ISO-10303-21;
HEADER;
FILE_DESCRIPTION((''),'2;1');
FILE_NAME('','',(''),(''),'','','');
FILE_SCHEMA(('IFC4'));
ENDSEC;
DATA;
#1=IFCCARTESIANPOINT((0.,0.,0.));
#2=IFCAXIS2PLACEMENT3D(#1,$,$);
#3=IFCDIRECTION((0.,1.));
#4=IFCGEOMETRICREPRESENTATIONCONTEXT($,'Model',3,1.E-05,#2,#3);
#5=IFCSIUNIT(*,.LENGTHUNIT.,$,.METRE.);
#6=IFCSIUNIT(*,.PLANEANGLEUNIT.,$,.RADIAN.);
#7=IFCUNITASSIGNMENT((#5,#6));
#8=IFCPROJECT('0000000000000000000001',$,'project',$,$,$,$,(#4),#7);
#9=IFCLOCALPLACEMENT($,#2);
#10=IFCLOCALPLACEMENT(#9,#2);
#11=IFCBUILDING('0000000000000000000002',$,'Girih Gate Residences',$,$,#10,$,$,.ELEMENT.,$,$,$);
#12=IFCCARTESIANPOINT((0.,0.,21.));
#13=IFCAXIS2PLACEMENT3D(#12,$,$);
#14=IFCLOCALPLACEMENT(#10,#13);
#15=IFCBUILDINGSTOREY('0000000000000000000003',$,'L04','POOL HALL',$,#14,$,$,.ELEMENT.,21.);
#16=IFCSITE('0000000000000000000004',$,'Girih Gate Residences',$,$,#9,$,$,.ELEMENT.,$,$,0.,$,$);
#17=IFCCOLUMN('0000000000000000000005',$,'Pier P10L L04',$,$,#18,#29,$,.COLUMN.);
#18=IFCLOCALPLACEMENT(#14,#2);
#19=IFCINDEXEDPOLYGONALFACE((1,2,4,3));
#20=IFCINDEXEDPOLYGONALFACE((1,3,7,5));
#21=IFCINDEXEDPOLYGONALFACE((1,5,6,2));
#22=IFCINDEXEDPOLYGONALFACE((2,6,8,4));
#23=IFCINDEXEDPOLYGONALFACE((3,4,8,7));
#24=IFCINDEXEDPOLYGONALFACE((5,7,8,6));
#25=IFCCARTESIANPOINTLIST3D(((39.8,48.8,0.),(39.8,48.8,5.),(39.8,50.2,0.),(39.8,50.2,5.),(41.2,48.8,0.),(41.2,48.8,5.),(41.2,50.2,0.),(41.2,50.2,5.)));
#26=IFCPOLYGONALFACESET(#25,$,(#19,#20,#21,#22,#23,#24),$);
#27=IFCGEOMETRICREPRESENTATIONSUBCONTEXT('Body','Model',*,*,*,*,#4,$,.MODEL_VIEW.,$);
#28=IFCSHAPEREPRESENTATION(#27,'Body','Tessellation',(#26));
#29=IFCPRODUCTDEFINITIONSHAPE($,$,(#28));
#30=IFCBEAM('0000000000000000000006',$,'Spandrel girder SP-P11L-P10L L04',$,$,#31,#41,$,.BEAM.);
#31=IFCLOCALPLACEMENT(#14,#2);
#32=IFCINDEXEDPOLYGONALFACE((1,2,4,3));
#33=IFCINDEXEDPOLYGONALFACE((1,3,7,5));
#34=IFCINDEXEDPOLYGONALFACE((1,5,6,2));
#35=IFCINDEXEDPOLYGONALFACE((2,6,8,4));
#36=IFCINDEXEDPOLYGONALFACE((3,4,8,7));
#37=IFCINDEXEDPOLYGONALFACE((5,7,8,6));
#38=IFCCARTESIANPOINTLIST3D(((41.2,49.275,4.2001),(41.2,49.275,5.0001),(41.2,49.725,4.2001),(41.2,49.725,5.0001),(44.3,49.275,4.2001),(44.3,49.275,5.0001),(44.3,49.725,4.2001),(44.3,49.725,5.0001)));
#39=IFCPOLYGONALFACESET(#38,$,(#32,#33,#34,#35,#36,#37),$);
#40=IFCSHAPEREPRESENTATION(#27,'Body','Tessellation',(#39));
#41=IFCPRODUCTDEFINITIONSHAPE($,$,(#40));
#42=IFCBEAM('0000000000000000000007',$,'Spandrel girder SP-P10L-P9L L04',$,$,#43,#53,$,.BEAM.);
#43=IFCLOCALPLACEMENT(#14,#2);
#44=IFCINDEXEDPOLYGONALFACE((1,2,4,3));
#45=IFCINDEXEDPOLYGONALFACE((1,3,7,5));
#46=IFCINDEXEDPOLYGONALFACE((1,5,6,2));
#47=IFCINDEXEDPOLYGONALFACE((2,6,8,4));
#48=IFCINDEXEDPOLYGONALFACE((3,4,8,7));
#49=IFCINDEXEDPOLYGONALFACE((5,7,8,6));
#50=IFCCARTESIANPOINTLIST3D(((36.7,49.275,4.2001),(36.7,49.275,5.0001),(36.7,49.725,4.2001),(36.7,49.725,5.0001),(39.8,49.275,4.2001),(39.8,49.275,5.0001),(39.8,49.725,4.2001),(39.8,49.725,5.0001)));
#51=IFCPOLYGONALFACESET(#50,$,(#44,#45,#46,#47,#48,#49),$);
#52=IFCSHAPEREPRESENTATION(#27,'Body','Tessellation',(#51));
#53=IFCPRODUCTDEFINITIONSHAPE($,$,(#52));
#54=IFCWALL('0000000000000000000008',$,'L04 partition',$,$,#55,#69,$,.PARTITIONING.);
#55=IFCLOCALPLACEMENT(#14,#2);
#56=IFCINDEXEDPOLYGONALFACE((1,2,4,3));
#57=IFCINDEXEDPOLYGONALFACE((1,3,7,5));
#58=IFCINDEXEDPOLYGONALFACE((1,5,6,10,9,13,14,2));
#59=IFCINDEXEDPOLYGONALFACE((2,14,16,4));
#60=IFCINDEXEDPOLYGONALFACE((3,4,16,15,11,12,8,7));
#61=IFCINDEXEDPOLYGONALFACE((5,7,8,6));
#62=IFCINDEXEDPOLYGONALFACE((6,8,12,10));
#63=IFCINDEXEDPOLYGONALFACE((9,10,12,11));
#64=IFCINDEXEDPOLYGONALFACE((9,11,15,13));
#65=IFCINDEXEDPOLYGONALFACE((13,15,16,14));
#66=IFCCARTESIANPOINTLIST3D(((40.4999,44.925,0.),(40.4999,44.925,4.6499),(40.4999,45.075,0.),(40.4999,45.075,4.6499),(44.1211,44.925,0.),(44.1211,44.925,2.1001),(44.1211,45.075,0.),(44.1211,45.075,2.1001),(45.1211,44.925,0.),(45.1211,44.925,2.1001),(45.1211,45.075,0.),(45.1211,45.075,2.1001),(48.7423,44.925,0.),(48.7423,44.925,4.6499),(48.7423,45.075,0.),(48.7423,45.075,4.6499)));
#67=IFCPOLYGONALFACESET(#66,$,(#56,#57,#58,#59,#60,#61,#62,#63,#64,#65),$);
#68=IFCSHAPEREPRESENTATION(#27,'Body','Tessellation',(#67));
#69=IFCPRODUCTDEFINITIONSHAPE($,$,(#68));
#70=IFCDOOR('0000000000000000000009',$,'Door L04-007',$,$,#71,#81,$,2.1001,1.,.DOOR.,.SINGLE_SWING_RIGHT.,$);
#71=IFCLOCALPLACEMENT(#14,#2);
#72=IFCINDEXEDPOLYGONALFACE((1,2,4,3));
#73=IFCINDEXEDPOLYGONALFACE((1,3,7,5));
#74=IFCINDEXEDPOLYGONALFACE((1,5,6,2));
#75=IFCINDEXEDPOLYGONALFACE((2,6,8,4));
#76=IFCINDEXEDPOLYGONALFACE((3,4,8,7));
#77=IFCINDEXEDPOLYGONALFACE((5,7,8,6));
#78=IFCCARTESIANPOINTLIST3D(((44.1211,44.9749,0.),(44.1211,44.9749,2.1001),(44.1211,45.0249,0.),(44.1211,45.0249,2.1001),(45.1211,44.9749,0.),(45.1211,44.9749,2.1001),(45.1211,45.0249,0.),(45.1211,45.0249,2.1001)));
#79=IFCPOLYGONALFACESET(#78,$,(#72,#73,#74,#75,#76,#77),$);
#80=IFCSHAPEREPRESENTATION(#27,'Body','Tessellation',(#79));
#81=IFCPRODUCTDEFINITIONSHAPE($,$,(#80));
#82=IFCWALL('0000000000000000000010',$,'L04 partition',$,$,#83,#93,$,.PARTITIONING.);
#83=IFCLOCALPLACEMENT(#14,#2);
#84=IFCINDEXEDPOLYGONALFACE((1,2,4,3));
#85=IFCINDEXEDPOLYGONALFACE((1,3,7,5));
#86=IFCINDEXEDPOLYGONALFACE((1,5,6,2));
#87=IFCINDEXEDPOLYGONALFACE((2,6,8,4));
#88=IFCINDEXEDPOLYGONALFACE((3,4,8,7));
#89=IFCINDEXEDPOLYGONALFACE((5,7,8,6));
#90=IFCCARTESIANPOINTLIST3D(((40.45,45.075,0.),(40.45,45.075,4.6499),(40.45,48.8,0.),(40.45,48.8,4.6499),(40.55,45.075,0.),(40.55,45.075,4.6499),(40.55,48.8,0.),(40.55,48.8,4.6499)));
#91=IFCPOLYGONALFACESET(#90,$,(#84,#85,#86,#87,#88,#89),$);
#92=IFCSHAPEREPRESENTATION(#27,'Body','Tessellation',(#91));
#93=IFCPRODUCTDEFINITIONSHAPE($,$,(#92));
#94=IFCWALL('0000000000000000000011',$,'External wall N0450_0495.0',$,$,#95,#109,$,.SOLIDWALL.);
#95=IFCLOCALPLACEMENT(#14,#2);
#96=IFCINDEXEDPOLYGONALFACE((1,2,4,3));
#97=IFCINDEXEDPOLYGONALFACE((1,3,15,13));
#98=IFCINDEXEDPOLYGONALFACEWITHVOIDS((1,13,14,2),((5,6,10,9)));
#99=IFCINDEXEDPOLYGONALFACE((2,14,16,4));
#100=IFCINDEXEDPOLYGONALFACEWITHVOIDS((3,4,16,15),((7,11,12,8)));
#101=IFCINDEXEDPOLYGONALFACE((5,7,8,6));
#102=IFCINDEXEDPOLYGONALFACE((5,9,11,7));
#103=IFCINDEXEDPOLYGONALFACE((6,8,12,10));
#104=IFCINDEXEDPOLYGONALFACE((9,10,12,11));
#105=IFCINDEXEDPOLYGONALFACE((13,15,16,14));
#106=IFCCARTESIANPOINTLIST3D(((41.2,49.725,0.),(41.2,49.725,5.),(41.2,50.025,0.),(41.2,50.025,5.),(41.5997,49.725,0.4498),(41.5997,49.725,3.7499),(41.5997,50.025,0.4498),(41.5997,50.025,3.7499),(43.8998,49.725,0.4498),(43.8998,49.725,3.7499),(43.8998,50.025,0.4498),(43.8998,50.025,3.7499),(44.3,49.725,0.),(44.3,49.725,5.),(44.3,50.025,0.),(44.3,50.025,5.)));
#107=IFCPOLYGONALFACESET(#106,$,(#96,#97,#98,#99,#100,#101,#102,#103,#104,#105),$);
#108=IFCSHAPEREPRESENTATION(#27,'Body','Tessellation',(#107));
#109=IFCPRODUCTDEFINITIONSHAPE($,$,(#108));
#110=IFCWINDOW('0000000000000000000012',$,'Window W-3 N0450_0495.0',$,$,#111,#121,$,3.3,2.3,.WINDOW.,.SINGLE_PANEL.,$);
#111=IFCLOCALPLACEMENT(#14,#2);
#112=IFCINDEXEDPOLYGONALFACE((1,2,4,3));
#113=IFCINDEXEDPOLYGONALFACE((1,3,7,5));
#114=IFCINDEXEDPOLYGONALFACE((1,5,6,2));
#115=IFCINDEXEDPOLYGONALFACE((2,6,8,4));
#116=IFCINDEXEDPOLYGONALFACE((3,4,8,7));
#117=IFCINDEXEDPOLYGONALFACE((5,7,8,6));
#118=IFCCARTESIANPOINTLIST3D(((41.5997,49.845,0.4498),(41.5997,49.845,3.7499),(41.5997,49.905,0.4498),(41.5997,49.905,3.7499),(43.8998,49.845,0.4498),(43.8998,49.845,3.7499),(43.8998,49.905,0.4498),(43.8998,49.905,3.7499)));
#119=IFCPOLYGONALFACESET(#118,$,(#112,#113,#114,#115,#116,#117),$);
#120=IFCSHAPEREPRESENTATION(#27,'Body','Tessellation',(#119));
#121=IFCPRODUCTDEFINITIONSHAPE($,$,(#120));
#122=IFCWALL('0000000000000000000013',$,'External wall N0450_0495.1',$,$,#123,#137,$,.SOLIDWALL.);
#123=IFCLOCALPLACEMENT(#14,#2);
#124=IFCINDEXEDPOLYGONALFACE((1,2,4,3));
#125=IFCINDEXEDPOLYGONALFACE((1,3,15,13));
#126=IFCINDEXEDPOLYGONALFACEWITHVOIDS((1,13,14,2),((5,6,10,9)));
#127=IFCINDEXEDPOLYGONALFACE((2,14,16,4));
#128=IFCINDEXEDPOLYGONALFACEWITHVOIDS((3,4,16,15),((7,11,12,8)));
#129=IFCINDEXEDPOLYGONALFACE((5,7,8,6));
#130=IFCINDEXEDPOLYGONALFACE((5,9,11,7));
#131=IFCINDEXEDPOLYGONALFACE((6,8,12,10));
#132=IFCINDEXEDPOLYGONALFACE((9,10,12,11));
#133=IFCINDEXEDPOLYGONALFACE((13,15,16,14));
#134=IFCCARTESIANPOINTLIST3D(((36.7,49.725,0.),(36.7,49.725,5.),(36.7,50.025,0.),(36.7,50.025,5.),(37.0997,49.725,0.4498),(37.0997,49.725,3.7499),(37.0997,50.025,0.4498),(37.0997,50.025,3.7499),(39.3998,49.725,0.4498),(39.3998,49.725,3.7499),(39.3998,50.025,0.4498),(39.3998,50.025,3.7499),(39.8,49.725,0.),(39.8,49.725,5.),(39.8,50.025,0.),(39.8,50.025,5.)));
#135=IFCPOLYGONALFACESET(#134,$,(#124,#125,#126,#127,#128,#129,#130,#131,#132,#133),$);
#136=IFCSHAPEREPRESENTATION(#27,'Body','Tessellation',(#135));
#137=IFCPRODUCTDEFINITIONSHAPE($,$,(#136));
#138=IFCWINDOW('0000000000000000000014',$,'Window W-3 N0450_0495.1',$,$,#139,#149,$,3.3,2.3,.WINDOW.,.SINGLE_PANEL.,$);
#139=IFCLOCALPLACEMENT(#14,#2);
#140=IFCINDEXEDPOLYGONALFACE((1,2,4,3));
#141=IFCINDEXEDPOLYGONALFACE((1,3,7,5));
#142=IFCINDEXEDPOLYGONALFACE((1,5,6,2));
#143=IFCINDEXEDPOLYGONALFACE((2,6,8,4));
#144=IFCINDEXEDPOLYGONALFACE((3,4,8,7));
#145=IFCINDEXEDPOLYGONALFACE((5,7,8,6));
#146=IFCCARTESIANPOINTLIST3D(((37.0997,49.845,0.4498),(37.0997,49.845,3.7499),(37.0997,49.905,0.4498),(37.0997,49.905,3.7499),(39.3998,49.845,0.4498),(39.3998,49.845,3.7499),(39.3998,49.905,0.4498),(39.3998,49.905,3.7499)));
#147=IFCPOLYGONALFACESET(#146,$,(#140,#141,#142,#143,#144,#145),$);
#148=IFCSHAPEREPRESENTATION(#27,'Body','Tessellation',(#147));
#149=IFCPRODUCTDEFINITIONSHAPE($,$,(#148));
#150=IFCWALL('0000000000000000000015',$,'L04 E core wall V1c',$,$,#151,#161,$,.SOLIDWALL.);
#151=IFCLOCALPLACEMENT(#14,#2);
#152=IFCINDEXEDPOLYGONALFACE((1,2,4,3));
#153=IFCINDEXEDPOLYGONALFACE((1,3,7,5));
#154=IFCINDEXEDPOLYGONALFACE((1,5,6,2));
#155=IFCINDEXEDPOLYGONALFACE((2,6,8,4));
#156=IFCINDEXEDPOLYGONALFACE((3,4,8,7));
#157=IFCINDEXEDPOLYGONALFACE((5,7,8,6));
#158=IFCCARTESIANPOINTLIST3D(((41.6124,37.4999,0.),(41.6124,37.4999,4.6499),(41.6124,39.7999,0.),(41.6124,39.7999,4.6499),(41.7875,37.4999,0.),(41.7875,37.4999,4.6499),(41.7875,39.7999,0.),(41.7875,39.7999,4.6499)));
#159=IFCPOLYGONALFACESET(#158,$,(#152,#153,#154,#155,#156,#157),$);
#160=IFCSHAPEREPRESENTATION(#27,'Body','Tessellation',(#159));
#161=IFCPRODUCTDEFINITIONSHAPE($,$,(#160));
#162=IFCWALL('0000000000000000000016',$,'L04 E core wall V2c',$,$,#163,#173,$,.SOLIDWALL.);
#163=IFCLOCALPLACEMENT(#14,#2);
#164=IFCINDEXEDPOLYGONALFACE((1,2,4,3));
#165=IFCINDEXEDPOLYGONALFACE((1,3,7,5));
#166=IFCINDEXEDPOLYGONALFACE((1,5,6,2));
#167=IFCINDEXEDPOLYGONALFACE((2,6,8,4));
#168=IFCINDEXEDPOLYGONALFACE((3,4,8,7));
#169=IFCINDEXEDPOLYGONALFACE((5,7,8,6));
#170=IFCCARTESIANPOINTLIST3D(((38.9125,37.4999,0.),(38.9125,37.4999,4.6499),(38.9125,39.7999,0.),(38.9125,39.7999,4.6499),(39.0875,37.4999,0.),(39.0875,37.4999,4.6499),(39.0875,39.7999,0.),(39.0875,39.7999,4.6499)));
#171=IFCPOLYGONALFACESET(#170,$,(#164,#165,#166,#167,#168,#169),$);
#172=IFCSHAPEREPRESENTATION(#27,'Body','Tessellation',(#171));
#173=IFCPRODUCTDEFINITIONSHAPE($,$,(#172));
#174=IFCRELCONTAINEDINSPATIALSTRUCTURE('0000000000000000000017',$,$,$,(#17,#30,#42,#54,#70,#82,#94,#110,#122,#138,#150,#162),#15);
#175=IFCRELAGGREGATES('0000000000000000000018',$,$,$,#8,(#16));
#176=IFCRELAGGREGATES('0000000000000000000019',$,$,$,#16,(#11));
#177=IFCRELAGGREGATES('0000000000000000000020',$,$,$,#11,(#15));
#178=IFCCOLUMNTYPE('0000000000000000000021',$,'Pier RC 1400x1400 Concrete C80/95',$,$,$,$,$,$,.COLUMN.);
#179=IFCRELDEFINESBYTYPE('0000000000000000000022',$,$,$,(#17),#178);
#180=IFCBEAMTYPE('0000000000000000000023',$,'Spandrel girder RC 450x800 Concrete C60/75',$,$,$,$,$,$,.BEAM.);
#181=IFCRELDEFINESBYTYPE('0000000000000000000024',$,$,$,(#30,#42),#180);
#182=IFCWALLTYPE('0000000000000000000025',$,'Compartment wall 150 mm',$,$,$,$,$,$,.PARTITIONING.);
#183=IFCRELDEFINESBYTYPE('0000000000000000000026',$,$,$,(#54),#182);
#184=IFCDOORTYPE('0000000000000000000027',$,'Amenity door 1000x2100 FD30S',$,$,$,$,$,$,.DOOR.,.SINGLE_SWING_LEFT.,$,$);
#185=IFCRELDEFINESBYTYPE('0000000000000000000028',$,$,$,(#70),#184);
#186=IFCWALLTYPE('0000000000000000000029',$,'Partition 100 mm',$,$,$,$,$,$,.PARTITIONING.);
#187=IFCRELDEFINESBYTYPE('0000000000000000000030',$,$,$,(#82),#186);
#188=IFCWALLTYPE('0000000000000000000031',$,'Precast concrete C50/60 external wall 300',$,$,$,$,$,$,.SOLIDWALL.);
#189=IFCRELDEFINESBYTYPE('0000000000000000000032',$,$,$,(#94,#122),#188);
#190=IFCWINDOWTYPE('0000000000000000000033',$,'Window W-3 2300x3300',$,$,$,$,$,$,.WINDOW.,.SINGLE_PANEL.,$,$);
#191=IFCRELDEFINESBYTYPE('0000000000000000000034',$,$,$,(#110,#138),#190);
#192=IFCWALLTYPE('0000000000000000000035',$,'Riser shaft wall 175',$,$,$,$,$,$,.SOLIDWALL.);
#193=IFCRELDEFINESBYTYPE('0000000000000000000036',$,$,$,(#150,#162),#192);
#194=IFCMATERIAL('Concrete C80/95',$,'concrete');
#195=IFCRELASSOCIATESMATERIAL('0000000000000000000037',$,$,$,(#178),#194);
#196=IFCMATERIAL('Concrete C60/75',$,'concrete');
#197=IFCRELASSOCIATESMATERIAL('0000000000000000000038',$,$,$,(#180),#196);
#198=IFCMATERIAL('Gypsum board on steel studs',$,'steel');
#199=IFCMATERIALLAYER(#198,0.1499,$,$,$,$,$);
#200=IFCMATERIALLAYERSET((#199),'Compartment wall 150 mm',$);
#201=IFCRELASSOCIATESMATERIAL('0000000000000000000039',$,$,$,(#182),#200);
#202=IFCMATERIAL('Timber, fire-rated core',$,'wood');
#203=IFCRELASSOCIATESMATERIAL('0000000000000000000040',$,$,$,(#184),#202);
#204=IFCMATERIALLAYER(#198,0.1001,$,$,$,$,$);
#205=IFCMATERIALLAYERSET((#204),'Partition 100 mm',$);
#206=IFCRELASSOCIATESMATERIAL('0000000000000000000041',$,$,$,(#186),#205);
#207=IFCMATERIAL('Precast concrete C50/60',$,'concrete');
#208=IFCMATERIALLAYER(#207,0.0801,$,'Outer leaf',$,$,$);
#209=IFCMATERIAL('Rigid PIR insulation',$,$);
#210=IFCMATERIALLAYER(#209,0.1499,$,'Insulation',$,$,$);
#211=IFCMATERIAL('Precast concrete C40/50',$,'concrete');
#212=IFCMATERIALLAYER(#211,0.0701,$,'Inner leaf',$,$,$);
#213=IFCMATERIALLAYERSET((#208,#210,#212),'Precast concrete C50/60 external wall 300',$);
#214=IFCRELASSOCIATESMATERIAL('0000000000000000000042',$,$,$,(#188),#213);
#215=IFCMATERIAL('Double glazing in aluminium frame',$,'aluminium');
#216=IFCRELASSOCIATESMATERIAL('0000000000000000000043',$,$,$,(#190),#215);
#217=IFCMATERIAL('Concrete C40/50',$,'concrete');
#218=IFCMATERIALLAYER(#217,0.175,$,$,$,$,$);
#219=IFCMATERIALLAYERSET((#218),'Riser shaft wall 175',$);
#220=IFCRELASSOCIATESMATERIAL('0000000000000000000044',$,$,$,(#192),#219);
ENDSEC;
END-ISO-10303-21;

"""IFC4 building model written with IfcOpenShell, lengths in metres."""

from ifc_helpers import new_model, si_unit, direction, frame, frame_2d, origin, origin_2d, place, context, subcontext, project, spatial, rectangle, extrude, material, layer, layer_set, material_profile, profile_set, type_object, element, fill, save


model = new_model("IFC4")

# Units and contexts
model_context = context("Model", 3, precision=1e-05, world=origin(), true_north=direction((0.0, 1.0)))
body_context = subcontext(model_context, "Body", "Model", "MODEL_VIEW")
ifc_project = project(units=[si_unit("LENGTHUNIT", "METRE"), si_unit("PLANEANGLEUNIT", "RADIAN")], contexts=[model_context])

# Site, building, storey
site_placement = place(None, origin())
site = spatial("IfcSite", under=ifc_project, at=site_placement, Name="Girih Gate Residences", CompositionType="ELEMENT", RefElevation=0.0)
building_placement = place(site_placement, origin())
building = spatial("IfcBuilding", under=site, at=building_placement, Name="Girih Gate Residences", CompositionType="ELEMENT")
storey_placement = place(building_placement, frame((0.0, 0.0, 21.0)))
storey = spatial("IfcBuildingStorey", under=building, at=storey_placement, Name="L04", Description="POOL HALL", CompositionType="ELEMENT", Elevation=21.0)

# Column
ifc_material_1 = material(Name="Concrete C80/95", Category="concrete")
ifc_material_profile_1 = material_profile(ifc_material_1, rectangle(XDim=1.3999, YDim=1.3999, at=origin_2d()))
ifc_profile_set_1 = profile_set([ifc_material_profile_1], Name="Concrete C80/95")
column_type = type_object("IfcColumnType", Name="Pier RC 1400x1400 Concrete C80/95", PredefinedType="COLUMN", material=ifc_profile_set_1)
column_placement = place(storey_placement, frame((40.5, 49.5, 0.0), z_axis=(0.0, 0.0, 1.0), x_axis=(1.0, 0.0, 0.0)))
element("IfcColumn", 1, at=column_placement, inside=storey, type_object=column_type, Name="Pier P10L L04", PredefinedType="COLUMN", context=body_context, shape_type="SweptSolid", body=[
    extrude(rectangle(XDim=1.3999, YDim=1.3999, at=origin_2d()), origin(), (0.0, 0.0, 1.0), 5.0),
])

# Beams
ifc_material_2 = material(Name="Concrete C60/75", Category="concrete")
ifc_material_profile_2 = material_profile(ifc_material_2, rectangle(XDim=0.45, YDim=0.8, at=origin_2d()))
ifc_profile_set_2 = profile_set([ifc_material_profile_2], Name="Concrete C60/75")
beam_type = type_object("IfcBeamType", Name="Spandrel girder RC 450x800 Concrete C60/75", PredefinedType="BEAM", material=ifc_profile_set_2)
for number, where, z_axis, x_axis, name in (
    (2, (44.3, 49.5, 4.6001), (-1.0, 0.0, 0.0), (0.0, -1.0, 0.0), "Spandrel girder SP-P11L-P10L L04"),
    (3, (39.8, 49.5, 4.6001), (-1.0, 0.0, 0.0), (0.0, -1.0, 0.0), "Spandrel girder SP-P10L-P9L L04"),
):
    element("IfcBeam", number, at=place(storey_placement, frame(where, z_axis=z_axis, x_axis=x_axis)), inside=storey, type_object=beam_type, Name=name, PredefinedType="BEAM", context=body_context, shape_type="SweptSolid", body=[
        extrude(rectangle(XDim=0.45, YDim=0.8, at=origin_2d()), origin(), (0.0, 0.0, 1.0), 3.1001),
    ])

# Wall, opening, door
ifc_material_3 = material(Name="Gypsum board on steel studs", Category="steel")
ifc_layer_1 = layer(ifc_material_3, 0.1499)
ifc_layer_set_1 = layer_set([ifc_layer_1], Name="Compartment wall 150 mm")
wall_type_1 = type_object("IfcWallType", Name="Compartment wall 150 mm", PredefinedType="PARTITIONING", material=ifc_layer_set_1)
wall_1_placement = place(storey_placement, frame((40.5, 45.0, 0.0), z_axis=(0.0, 0.0, 1.0), x_axis=(1.0, 0.0, 0.0)))
wall_1 = element("IfcWall", 4, at=wall_1_placement, inside=storey, type_object=wall_type_1, Name="L04 partition", PredefinedType="PARTITIONING", context=body_context, shape_type="SweptSolid", body=[
    extrude(rectangle(XDim=8.2424, YDim=0.1499, at=frame_2d((4.1211, 0.0))), origin(), (0.0, 0.0, 1.0), 4.6499),
])
opening_1_placement = place(wall_1_placement, frame((3.6211, 0.0, 0.0)))
opening_1 = element("IfcOpeningElement", 5, at=opening_1_placement, cuts=wall_1, PredefinedType="OPENING", context=body_context, shape_type="SweptSolid", body=[
    extrude(rectangle(XDim=1.0, YDim=2.1001, at=frame_2d((0.5, 1.05))), frame((0.0, 0.085, 0.0), z_axis=(0.0, -1.0, 0.0), x_axis=(1.0, 0.0, 0.0)), (0.0, 0.0, 1.0), 0.1699),
])
ifc_material_4 = material(Name="Timber, fire-rated core", Category="wood")
door_type = type_object("IfcDoorType", Name="Amenity door 1000x2100 FD30S", OperationType="SINGLE_SWING_LEFT", PredefinedType="DOOR", material=ifc_material_4)
door_placement = place(opening_1_placement, origin())
door = element("IfcDoor", 6, at=door_placement, inside=storey, type_object=door_type, Name="Door L04-007", OperationType="SINGLE_SWING_RIGHT", OverallHeight=2.1001, OverallWidth=1.0, PredefinedType="DOOR", context=body_context, shape_type="SweptSolid", body=[
    extrude(rectangle(XDim=1.0, YDim=2.1001, at=frame_2d((0.5, 1.05))), frame((0.0, 0.0249, 0.0), z_axis=(0.0, -1.0, 0.0), x_axis=(1.0, 0.0, 0.0)), (0.0, 0.0, 1.0), 0.05),
])
fill(opening_1, door)

# Wall
ifc_layer_2 = layer(ifc_material_3, 0.1001)
ifc_layer_set_2 = layer_set([ifc_layer_2], Name="Partition 100 mm")
wall_type_2 = type_object("IfcWallType", Name="Partition 100 mm", PredefinedType="PARTITIONING", material=ifc_layer_set_2)
wall_2_placement = place(storey_placement, frame((40.5, 45.075, 0.0), z_axis=(0.0, 0.0, 1.0), x_axis=(0.0, 1.0, 0.0)))
element("IfcWall", 7, at=wall_2_placement, inside=storey, type_object=wall_type_2, Name="L04 partition", PredefinedType="PARTITIONING", context=body_context, shape_type="SweptSolid", body=[
    extrude(rectangle(XDim=3.7251, YDim=0.1001, at=frame_2d((1.8625, 0.0))), origin(), (0.0, 0.0, 1.0), 4.6499),
])

# Walls, openings, windows
ifc_material_5 = material(Name="Precast concrete C50/60", Category="concrete")
ifc_layer_3 = layer(ifc_material_5, 0.0801, Name="Outer leaf")
ifc_material_6 = material(Name="Rigid PIR insulation")
ifc_layer_4 = layer(ifc_material_6, 0.1499, Name="Insulation")
ifc_material_7 = material(Name="Precast concrete C40/50", Category="concrete")
ifc_layer_5 = layer(ifc_material_7, 0.0701, Name="Inner leaf")
ifc_layer_set_3 = layer_set([ifc_layer_3, ifc_layer_4, ifc_layer_5], Name="Precast concrete C50/60 external wall 300")
wall_type_3 = type_object("IfcWallType", Name="Precast concrete C50/60 external wall 300", PredefinedType="SOLIDWALL", material=ifc_layer_set_3)
wall_3_placement = place(storey_placement, frame((41.2, 49.875, 0.0), z_axis=(0.0, 0.0, 1.0), x_axis=(1.0, 0.0, 0.0)))
wall_3 = element("IfcWall", 8, at=wall_3_placement, inside=storey, type_object=wall_type_3, Name="External wall N0450_0495.0", PredefinedType="SOLIDWALL", context=body_context, shape_type="SweptSolid", body=[
    extrude(rectangle(XDim=3.1001, YDim=0.3, at=frame_2d((1.55, 0.0))), origin(), (0.0, 0.0, 1.0), 5.0),
])
opening_2_placement = place(wall_3_placement, frame((0.3999, 0.0, 0.45)))
opening_2 = element("IfcOpeningElement", 9, at=opening_2_placement, cuts=wall_3, PredefinedType="OPENING", context=body_context, shape_type="SweptSolid", body=[
    extrude(rectangle(XDim=2.3, YDim=3.3, at=frame_2d((1.1499, 1.6499))), frame((0.0, 0.1599, 0.0), z_axis=(0.0, -1.0, 0.0), x_axis=(1.0, 0.0, 0.0)), (0.0, 0.0, 1.0), 0.3201),
])
ifc_material_8 = material(Name="Double glazing in aluminium frame", Category="aluminium")
window_type = type_object("IfcWindowType", Name="Window W-3 2300x3300", PartitioningType="SINGLE_PANEL", PredefinedType="WINDOW", material=ifc_material_8)
window_1_placement = place(opening_2_placement, origin())
window_1 = element("IfcWindow", 10, at=window_1_placement, inside=storey, type_object=window_type, Name="Window W-3 N0450_0495.0", OverallHeight=3.3, OverallWidth=2.3, PartitioningType="SINGLE_PANEL", PredefinedType="WINDOW", context=body_context, shape_type="SweptSolid", body=[
    extrude(rectangle(XDim=2.3, YDim=3.3, at=frame_2d((1.1499, 1.6499))), frame((0.0, 0.03, 0.0), z_axis=(0.0, -1.0, 0.0), x_axis=(1.0, 0.0, 0.0)), (0.0, 0.0, 1.0), 0.0601),
])
fill(opening_2, window_1)
wall_4_placement = place(storey_placement, frame((36.7, 49.875, 0.0), z_axis=(0.0, 0.0, 1.0), x_axis=(1.0, 0.0, 0.0)))
wall_4 = element("IfcWall", 11, at=wall_4_placement, inside=storey, type_object=wall_type_3, Name="External wall N0450_0495.1", PredefinedType="SOLIDWALL", context=body_context, shape_type="SweptSolid", body=[
    extrude(rectangle(XDim=3.1001, YDim=0.3, at=frame_2d((1.55, 0.0))), origin(), (0.0, 0.0, 1.0), 5.0),
])
opening_3_placement = place(wall_4_placement, frame((0.3999, 0.0, 0.45)))
opening_3 = element("IfcOpeningElement", 12, at=opening_3_placement, cuts=wall_4, PredefinedType="OPENING", context=body_context, shape_type="SweptSolid", body=[
    extrude(rectangle(XDim=2.3, YDim=3.3, at=frame_2d((1.1499, 1.6499))), frame((0.0, 0.1599, 0.0), z_axis=(0.0, -1.0, 0.0), x_axis=(1.0, 0.0, 0.0)), (0.0, 0.0, 1.0), 0.3201),
])
window_2_placement = place(opening_3_placement, origin())
window_2 = element("IfcWindow", 13, at=window_2_placement, inside=storey, type_object=window_type, Name="Window W-3 N0450_0495.1", OverallHeight=3.3, OverallWidth=2.3, PartitioningType="SINGLE_PANEL", PredefinedType="WINDOW", context=body_context, shape_type="SweptSolid", body=[
    extrude(rectangle(XDim=2.3, YDim=3.3, at=frame_2d((1.1499, 1.6499))), frame((0.0, 0.03, 0.0), z_axis=(0.0, -1.0, 0.0), x_axis=(1.0, 0.0, 0.0)), (0.0, 0.0, 1.0), 0.0601),
])
fill(opening_3, window_2)

# Walls
ifc_material_9 = material(Name="Concrete C40/50", Category="concrete")
ifc_layer_6 = layer(ifc_material_9, 0.175)
ifc_layer_set_4 = layer_set([ifc_layer_6], Name="Riser shaft wall 175")
wall_type_4 = type_object("IfcWallType", Name="Riser shaft wall 175", PredefinedType="SOLIDWALL", material=ifc_layer_set_4)
for number, where, z_axis, x_axis, name in (
    (14, (41.7, 37.5, 0.0), (0.0, 0.0, 1.0), (0.0, 1.0, 0.0), "L04 E core wall V1c"),
    (15, (39.0, 37.5, 0.0), (0.0, 0.0, 1.0), (0.0, 1.0, 0.0), "L04 E core wall V2c"),
):
    element("IfcWall", number, at=place(storey_placement, frame(where, z_axis=z_axis, x_axis=x_axis)), inside=storey, type_object=wall_type_4, Name=name, PredefinedType="SOLIDWALL", context=body_context, shape_type="SweptSolid", body=[
        extrude(rectangle(XDim=2.3, YDim=0.175, at=frame_2d((1.1499, 0.0))), origin(), (0.0, 0.0, 1.0), 4.6499),
    ])

save(model, "model.ifc")
